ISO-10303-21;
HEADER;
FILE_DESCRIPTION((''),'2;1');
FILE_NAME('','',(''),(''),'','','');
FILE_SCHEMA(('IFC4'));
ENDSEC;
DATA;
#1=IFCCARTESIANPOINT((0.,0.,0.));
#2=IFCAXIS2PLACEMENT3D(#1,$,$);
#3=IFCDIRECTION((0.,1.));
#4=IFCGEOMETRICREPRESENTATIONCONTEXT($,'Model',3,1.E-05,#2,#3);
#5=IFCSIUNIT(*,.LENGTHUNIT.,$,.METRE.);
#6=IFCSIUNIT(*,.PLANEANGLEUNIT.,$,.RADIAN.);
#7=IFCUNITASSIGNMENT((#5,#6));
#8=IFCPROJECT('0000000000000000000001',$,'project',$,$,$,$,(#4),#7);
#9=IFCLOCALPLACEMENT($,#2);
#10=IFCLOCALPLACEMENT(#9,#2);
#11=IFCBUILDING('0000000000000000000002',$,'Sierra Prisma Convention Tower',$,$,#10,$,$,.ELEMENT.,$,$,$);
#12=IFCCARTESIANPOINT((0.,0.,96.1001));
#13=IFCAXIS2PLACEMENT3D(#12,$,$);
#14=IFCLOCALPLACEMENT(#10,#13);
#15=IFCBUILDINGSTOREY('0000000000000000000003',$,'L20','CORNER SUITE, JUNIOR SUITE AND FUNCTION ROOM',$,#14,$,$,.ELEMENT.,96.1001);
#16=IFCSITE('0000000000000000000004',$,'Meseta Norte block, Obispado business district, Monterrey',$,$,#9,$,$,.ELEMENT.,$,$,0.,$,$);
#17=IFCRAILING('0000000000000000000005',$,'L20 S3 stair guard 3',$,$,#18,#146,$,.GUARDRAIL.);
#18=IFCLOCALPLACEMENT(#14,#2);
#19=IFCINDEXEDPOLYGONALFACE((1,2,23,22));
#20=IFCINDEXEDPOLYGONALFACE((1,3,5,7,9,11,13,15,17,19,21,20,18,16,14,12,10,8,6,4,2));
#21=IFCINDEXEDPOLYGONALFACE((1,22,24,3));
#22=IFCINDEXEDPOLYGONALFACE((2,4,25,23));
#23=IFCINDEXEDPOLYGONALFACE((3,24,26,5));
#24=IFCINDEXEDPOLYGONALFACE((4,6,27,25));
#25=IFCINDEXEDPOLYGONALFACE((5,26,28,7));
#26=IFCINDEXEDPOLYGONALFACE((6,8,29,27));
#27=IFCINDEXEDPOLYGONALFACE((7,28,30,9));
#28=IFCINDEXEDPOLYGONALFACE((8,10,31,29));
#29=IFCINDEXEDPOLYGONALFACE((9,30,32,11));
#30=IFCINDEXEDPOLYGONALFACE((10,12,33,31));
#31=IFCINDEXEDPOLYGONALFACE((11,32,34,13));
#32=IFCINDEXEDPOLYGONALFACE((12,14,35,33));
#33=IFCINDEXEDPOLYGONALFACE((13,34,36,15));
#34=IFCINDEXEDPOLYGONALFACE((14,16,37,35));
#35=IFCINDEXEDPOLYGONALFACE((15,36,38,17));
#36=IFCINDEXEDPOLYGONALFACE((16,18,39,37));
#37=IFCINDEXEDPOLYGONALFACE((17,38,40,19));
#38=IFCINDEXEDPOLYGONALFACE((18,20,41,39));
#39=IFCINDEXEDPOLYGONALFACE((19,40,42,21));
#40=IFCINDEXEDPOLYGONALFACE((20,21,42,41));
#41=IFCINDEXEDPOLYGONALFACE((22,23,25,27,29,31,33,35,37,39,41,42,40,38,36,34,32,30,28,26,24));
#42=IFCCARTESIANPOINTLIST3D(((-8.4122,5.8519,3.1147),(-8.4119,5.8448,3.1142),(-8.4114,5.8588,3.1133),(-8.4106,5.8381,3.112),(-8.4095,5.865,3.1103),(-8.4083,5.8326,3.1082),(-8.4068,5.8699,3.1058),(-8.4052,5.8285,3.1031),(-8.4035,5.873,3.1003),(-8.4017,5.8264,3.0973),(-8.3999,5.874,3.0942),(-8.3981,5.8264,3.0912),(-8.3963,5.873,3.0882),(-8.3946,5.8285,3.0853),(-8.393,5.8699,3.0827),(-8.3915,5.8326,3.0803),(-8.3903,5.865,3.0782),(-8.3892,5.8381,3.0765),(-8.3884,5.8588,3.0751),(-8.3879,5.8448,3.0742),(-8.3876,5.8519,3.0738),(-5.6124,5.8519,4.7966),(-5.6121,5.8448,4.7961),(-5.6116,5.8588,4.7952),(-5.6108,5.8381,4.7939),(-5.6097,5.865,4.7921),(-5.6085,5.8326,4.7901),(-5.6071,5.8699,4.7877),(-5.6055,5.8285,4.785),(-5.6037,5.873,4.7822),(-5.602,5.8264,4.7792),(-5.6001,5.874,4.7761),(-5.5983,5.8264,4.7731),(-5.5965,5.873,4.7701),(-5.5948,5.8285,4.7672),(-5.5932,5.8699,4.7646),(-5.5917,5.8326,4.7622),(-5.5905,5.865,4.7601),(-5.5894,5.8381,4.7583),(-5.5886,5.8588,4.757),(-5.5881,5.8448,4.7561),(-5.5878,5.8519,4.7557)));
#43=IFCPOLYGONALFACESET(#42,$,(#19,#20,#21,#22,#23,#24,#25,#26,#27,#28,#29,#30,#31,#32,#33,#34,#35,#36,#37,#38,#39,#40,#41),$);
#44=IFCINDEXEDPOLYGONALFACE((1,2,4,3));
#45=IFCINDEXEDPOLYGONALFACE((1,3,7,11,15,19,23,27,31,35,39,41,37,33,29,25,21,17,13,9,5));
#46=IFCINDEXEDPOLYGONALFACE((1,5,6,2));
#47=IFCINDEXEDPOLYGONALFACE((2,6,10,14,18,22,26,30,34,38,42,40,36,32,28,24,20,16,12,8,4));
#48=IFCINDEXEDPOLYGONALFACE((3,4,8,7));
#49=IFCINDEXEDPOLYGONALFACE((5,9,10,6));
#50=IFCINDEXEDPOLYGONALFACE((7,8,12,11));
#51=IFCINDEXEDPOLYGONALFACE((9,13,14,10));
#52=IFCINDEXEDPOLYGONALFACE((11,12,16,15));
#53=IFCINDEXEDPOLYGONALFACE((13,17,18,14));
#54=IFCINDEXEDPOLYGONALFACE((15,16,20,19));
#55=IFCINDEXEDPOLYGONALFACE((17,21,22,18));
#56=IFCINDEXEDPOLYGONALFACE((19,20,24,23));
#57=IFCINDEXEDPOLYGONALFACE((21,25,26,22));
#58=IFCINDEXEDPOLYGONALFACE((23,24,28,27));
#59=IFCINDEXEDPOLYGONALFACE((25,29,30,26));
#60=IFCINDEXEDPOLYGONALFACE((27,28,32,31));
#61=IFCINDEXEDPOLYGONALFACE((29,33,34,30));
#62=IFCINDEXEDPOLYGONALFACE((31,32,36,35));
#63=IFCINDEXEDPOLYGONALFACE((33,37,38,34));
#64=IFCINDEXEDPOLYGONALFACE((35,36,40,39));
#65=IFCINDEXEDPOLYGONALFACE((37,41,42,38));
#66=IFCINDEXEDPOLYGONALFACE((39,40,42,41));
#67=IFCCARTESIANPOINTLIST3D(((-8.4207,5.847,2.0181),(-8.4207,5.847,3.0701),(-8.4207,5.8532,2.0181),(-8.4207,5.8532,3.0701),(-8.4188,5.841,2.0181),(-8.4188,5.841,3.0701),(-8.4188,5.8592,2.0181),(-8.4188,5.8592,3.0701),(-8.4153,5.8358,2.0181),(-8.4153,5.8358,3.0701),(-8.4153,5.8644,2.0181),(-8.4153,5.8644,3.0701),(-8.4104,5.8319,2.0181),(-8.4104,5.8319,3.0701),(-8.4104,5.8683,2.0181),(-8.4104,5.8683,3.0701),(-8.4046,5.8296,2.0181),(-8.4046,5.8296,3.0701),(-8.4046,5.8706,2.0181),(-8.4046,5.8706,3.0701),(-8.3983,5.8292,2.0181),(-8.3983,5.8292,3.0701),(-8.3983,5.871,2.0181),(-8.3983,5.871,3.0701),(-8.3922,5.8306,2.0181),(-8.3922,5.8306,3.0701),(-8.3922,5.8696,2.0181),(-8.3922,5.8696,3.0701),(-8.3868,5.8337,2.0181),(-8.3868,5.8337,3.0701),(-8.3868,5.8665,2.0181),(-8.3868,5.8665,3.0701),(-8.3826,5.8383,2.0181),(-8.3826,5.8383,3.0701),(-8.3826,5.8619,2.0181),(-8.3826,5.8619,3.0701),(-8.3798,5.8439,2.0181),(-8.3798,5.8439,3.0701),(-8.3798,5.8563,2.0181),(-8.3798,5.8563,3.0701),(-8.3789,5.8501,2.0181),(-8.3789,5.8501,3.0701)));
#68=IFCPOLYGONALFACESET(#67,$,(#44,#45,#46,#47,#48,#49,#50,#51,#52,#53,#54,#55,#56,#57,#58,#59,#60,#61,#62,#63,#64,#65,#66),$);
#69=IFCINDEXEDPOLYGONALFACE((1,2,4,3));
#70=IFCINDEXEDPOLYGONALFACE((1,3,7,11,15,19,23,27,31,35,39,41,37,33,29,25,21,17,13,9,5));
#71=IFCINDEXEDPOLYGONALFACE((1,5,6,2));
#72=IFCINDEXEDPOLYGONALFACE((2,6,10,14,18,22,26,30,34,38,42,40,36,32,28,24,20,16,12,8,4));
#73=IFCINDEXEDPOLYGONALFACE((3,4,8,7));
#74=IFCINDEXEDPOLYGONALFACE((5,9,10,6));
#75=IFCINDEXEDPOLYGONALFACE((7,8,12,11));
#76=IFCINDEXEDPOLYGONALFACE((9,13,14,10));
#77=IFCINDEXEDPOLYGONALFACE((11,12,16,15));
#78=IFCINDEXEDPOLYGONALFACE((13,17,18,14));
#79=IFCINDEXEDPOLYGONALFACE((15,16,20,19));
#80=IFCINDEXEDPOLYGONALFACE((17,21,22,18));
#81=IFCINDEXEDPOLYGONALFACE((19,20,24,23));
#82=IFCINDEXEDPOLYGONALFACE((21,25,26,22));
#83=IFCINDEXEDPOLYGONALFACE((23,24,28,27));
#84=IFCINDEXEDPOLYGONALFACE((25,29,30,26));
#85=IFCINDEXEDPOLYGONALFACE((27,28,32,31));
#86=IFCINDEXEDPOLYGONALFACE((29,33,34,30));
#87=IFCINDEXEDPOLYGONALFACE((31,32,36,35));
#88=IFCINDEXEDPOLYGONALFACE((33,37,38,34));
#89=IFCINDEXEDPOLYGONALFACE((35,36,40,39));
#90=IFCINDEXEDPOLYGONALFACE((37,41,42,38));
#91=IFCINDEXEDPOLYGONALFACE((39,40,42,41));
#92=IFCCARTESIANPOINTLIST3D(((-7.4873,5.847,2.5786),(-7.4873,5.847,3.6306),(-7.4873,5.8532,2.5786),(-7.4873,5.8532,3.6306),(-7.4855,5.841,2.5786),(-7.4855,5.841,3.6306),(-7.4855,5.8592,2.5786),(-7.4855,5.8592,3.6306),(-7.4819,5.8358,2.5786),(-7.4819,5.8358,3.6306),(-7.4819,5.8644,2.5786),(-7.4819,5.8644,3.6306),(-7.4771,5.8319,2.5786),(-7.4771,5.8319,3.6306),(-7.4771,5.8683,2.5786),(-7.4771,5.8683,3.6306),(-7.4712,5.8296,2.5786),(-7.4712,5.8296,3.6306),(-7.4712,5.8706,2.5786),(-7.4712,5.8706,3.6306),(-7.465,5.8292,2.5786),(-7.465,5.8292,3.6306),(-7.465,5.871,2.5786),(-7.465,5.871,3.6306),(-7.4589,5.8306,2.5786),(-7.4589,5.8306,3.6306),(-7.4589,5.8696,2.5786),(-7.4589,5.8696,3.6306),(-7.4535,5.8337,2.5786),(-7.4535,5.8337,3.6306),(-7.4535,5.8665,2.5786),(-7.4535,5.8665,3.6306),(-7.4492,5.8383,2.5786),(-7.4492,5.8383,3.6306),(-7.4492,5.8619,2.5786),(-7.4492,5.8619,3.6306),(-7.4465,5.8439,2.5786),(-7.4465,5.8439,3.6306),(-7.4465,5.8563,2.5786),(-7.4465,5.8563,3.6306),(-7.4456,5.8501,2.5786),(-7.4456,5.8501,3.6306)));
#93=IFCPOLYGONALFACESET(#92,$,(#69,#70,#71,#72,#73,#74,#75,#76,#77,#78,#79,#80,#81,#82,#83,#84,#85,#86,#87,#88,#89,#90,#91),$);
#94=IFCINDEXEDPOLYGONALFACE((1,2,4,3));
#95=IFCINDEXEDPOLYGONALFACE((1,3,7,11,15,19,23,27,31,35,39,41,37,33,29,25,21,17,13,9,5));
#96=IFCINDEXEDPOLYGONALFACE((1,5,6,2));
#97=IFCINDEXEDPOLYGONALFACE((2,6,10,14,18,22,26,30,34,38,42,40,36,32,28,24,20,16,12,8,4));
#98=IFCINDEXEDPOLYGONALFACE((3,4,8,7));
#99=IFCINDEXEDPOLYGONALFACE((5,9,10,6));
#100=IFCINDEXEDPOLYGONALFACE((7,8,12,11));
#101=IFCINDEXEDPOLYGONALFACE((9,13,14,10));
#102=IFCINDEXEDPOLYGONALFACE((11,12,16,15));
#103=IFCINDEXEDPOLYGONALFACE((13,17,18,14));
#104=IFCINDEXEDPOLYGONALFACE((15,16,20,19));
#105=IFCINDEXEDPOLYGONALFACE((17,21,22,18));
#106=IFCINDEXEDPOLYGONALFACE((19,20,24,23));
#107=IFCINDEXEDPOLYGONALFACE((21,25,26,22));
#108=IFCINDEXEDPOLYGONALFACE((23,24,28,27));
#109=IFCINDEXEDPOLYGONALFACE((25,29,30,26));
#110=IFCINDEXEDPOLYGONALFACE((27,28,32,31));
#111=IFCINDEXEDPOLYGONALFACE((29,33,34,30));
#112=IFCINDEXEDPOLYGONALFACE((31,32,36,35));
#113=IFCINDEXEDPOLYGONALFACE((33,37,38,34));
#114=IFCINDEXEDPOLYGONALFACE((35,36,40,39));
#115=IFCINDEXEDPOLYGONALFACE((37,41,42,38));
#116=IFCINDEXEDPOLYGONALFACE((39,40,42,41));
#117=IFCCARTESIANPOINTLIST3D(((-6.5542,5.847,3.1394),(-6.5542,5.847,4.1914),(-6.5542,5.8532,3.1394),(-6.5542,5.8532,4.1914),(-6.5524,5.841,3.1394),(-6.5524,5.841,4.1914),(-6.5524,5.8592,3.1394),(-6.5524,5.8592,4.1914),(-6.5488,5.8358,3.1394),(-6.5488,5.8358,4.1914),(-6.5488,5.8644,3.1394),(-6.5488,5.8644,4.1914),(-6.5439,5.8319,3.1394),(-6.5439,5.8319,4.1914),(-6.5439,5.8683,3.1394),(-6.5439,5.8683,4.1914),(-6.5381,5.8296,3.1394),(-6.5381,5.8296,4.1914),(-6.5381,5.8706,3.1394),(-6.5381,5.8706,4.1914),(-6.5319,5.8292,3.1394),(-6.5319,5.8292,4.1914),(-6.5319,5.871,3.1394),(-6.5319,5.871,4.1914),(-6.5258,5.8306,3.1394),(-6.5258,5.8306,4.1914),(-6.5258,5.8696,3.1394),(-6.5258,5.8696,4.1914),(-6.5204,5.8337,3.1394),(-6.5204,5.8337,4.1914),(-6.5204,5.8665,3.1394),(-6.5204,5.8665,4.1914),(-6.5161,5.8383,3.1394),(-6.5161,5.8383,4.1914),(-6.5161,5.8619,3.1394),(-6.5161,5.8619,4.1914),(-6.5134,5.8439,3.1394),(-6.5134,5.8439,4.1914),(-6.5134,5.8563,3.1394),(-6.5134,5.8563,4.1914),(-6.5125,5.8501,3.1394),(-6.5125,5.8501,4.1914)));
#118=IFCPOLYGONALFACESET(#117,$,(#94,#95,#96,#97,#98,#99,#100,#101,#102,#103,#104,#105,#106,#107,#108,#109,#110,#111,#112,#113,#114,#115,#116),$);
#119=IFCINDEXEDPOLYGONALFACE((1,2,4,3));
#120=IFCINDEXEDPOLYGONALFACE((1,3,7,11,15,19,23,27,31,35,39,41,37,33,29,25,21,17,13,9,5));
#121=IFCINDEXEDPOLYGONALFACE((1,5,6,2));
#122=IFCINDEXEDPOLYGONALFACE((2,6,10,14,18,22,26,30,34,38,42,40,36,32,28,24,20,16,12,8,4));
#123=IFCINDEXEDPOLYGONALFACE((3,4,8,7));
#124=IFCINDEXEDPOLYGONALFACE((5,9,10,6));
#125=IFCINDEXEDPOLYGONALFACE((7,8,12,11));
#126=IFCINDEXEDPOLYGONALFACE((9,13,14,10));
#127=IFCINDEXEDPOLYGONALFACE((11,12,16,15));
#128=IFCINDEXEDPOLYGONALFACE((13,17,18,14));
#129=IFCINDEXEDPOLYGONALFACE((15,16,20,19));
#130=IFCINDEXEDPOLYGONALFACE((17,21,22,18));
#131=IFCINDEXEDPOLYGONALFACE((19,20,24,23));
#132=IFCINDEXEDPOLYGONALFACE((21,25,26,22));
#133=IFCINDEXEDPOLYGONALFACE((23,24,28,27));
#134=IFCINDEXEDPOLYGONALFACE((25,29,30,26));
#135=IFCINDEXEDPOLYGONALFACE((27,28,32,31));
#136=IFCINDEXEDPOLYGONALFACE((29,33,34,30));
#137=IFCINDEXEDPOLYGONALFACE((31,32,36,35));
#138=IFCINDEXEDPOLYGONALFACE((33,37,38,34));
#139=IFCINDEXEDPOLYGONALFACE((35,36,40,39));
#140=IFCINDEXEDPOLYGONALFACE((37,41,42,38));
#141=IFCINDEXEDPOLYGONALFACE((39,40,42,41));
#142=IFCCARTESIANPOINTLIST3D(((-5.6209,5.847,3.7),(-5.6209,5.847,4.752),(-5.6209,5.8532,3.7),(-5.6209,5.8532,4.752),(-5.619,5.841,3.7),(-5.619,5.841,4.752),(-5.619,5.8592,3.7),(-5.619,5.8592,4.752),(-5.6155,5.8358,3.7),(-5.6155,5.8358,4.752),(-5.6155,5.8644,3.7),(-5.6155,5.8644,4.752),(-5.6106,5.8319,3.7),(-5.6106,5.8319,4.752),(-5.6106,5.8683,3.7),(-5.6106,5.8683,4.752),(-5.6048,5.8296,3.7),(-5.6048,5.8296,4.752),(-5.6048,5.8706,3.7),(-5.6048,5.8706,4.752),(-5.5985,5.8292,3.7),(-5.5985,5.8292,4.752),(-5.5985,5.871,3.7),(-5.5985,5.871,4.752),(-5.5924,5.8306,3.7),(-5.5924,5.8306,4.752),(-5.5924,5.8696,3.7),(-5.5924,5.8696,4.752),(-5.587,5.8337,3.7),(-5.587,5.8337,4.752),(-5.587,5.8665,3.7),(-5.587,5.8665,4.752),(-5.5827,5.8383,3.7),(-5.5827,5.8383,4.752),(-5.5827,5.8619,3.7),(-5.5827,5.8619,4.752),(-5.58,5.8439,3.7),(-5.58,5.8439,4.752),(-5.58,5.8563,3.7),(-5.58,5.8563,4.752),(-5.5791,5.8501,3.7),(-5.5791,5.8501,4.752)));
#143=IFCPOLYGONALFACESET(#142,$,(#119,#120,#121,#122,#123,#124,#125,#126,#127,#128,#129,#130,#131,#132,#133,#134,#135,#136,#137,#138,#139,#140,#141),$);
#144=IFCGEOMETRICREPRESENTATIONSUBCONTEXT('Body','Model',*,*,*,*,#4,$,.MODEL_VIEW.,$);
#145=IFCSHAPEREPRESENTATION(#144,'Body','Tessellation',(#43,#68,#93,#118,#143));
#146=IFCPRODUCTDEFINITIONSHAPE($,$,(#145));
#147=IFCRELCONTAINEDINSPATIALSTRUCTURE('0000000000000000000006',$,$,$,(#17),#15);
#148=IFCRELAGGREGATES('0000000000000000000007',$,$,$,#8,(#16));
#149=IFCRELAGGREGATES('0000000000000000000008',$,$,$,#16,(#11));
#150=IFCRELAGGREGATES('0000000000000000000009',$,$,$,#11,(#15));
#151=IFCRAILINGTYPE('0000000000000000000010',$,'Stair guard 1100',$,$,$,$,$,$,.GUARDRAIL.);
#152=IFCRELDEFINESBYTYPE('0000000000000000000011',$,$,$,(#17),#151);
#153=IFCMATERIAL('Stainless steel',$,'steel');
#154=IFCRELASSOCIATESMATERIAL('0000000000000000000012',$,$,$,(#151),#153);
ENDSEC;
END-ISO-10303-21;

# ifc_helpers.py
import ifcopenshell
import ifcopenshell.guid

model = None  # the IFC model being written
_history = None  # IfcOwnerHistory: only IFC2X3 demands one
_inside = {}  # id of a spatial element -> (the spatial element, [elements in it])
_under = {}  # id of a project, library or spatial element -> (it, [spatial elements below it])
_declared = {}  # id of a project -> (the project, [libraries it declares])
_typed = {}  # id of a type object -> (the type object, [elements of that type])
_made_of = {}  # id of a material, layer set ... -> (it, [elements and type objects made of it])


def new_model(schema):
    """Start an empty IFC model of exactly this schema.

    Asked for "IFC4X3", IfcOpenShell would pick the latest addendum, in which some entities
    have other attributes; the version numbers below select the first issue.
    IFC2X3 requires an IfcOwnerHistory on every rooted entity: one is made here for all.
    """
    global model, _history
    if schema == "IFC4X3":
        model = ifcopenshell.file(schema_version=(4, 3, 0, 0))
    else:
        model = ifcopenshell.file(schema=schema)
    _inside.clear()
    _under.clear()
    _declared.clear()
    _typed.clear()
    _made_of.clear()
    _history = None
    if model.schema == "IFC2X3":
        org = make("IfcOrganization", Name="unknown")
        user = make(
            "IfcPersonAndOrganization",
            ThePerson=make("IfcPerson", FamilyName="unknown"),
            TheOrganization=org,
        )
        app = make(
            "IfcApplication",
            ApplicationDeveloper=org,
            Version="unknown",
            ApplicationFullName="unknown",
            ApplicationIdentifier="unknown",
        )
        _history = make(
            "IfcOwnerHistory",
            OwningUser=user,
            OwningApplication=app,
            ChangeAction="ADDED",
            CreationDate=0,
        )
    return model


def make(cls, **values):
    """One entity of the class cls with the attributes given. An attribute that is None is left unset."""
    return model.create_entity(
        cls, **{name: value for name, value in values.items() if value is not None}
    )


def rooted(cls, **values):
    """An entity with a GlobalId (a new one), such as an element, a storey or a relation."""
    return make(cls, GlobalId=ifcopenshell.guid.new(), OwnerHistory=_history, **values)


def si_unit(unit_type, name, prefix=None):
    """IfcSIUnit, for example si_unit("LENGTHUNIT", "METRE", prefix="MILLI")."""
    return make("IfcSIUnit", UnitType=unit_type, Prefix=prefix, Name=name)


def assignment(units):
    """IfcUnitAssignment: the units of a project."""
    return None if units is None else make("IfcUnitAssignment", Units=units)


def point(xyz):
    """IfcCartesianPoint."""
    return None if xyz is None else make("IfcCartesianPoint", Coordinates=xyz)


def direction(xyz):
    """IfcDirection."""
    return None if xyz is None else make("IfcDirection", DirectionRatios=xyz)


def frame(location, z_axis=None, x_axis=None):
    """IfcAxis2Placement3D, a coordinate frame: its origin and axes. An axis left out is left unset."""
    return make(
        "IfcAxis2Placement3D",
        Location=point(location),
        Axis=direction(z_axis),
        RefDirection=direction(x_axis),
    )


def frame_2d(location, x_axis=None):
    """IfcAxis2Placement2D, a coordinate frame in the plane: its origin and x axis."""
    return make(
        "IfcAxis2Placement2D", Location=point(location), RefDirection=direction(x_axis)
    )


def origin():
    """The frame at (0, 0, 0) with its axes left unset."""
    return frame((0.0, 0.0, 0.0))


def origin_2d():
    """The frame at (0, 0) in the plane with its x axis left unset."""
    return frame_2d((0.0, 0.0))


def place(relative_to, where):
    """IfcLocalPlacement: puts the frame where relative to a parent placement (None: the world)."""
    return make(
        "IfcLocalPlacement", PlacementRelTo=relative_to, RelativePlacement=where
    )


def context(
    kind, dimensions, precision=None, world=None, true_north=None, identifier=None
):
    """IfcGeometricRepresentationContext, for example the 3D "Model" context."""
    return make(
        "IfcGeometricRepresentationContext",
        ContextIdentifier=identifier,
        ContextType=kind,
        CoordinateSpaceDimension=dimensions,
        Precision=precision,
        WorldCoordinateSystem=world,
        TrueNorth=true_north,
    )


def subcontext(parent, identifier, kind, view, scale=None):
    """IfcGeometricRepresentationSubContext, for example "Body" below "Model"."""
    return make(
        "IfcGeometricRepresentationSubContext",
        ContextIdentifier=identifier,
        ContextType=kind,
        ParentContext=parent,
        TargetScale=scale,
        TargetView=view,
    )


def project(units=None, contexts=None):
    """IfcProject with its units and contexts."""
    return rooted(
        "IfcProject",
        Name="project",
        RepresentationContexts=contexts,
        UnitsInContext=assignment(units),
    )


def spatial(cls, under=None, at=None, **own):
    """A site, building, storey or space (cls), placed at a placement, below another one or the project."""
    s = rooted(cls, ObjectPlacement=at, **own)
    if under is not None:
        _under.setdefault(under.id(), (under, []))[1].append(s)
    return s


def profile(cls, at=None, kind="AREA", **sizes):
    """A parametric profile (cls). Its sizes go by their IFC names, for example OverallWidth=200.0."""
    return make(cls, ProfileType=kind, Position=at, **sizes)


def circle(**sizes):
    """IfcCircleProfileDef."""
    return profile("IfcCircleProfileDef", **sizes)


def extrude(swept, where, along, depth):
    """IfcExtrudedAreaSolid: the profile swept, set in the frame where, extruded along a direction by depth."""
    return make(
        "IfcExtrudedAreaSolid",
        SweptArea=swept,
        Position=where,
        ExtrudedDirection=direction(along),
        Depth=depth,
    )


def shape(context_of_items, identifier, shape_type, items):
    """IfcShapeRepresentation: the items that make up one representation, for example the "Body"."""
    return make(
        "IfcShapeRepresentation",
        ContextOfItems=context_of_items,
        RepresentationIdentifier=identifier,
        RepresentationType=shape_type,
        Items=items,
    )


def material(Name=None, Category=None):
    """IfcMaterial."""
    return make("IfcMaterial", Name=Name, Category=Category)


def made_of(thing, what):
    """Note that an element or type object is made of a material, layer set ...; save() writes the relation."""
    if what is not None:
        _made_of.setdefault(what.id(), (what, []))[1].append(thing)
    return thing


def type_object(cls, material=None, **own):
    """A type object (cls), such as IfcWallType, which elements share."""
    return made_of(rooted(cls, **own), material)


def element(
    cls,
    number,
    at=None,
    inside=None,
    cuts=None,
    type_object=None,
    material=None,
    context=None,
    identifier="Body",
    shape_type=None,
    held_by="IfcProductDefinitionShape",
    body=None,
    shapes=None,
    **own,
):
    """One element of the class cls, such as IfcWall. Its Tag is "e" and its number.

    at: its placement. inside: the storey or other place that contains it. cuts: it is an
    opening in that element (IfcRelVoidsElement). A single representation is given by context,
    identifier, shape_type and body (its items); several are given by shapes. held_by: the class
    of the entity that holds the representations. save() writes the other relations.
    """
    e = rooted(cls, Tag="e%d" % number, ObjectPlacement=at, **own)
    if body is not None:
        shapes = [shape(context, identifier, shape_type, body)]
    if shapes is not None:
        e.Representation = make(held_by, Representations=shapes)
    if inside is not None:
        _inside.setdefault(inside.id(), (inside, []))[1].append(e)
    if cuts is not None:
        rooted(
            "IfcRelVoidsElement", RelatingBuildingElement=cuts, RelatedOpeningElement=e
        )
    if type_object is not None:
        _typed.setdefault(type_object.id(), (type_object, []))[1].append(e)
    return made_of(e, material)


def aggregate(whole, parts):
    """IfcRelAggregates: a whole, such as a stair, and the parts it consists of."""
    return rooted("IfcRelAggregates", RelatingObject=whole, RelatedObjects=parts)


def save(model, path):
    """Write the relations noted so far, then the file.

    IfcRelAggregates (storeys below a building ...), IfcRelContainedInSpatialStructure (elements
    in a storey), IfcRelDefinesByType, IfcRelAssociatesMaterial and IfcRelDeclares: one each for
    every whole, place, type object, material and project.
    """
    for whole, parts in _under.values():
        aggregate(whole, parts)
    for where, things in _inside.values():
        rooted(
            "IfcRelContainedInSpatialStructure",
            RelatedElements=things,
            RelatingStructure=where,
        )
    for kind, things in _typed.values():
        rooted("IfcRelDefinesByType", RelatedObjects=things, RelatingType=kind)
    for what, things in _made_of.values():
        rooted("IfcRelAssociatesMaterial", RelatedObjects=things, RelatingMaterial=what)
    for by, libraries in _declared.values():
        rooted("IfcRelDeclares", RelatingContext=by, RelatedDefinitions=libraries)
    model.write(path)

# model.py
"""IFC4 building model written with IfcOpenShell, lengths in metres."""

from ifc_helpers import new_model, si_unit, direction, frame, origin, origin_2d, place, context, subcontext, project, spatial, circle, extrude, material, type_object, element, save


model = new_model("IFC4")

# Units and contexts
model_context = context("Model", 3, precision=1e-05, world=origin(), true_north=direction((0.0, 1.0)))
body_context = subcontext(model_context, "Body", "Model", "MODEL_VIEW")
ifc_project = project(units=[si_unit("LENGTHUNIT", "METRE"), si_unit("PLANEANGLEUNIT", "RADIAN")], contexts=[model_context])

# Site, building, storey
site_placement = place(None, origin())
site = spatial("IfcSite", under=ifc_project, at=site_placement, Name="Meseta Norte block, Obispado business district, Monterrey", CompositionType="ELEMENT", RefElevation=0.0)
building_placement = place(site_placement, origin())
building = spatial("IfcBuilding", under=site, at=building_placement, Name="Sierra Prisma Convention Tower", CompositionType="ELEMENT")
storey_placement = place(building_placement, frame((0.0, 0.0, 96.1001)))
storey = spatial("IfcBuildingStorey", under=building, at=storey_placement, Name="L20", Description="CORNER SUITE, JUNIOR SUITE AND FUNCTION ROOM", CompositionType="ELEMENT", Elevation=96.1001)

# Railing
ifc_material_1 = material(Name="Stainless steel", Category="steel")
railing_type_1 = type_object("IfcRailingType", Name="Stair guard 1100", PredefinedType="GUARDRAIL", material=ifc_material_1)
railing_1_placement = place(storey_placement, frame((-8.3999, 5.8501, 2.0181)))
element("IfcRailing", 1, at=railing_1_placement, inside=storey, type_object=railing_type_1, Name="L20 S3 stair guard 3", PredefinedType="GUARDRAIL", context=body_context, shape_type="SweptSolid", body=[
    extrude(circle(Radius=0.0239, at=origin_2d()), frame((0.0, 0.0, 1.0762), z_axis=(0.857222, 0.0, 0.514946), x_axis=(0.0, 1.0, 0.0)), (0.0, 0.0, 1.0), 3.2661),
    extrude(circle(Radius=0.021, at=origin_2d()), origin(), (0.0, 0.0, 1.0), 1.052),
    extrude(circle(Radius=0.021, at=origin_2d()), frame((0.9333, 0.0, 0.5605)), (0.0, 0.0, 1.0), 1.052),
    extrude(circle(Radius=0.021, at=origin_2d()), frame((1.8665, 0.0, 1.1213)), (0.0, 0.0, 1.0), 1.052),
    extrude(circle(Radius=0.021, at=origin_2d()), frame((2.7998, 0.0, 1.6819)), (0.0, 0.0, 1.0), 1.052),
])

save(model, "model.ifc")
